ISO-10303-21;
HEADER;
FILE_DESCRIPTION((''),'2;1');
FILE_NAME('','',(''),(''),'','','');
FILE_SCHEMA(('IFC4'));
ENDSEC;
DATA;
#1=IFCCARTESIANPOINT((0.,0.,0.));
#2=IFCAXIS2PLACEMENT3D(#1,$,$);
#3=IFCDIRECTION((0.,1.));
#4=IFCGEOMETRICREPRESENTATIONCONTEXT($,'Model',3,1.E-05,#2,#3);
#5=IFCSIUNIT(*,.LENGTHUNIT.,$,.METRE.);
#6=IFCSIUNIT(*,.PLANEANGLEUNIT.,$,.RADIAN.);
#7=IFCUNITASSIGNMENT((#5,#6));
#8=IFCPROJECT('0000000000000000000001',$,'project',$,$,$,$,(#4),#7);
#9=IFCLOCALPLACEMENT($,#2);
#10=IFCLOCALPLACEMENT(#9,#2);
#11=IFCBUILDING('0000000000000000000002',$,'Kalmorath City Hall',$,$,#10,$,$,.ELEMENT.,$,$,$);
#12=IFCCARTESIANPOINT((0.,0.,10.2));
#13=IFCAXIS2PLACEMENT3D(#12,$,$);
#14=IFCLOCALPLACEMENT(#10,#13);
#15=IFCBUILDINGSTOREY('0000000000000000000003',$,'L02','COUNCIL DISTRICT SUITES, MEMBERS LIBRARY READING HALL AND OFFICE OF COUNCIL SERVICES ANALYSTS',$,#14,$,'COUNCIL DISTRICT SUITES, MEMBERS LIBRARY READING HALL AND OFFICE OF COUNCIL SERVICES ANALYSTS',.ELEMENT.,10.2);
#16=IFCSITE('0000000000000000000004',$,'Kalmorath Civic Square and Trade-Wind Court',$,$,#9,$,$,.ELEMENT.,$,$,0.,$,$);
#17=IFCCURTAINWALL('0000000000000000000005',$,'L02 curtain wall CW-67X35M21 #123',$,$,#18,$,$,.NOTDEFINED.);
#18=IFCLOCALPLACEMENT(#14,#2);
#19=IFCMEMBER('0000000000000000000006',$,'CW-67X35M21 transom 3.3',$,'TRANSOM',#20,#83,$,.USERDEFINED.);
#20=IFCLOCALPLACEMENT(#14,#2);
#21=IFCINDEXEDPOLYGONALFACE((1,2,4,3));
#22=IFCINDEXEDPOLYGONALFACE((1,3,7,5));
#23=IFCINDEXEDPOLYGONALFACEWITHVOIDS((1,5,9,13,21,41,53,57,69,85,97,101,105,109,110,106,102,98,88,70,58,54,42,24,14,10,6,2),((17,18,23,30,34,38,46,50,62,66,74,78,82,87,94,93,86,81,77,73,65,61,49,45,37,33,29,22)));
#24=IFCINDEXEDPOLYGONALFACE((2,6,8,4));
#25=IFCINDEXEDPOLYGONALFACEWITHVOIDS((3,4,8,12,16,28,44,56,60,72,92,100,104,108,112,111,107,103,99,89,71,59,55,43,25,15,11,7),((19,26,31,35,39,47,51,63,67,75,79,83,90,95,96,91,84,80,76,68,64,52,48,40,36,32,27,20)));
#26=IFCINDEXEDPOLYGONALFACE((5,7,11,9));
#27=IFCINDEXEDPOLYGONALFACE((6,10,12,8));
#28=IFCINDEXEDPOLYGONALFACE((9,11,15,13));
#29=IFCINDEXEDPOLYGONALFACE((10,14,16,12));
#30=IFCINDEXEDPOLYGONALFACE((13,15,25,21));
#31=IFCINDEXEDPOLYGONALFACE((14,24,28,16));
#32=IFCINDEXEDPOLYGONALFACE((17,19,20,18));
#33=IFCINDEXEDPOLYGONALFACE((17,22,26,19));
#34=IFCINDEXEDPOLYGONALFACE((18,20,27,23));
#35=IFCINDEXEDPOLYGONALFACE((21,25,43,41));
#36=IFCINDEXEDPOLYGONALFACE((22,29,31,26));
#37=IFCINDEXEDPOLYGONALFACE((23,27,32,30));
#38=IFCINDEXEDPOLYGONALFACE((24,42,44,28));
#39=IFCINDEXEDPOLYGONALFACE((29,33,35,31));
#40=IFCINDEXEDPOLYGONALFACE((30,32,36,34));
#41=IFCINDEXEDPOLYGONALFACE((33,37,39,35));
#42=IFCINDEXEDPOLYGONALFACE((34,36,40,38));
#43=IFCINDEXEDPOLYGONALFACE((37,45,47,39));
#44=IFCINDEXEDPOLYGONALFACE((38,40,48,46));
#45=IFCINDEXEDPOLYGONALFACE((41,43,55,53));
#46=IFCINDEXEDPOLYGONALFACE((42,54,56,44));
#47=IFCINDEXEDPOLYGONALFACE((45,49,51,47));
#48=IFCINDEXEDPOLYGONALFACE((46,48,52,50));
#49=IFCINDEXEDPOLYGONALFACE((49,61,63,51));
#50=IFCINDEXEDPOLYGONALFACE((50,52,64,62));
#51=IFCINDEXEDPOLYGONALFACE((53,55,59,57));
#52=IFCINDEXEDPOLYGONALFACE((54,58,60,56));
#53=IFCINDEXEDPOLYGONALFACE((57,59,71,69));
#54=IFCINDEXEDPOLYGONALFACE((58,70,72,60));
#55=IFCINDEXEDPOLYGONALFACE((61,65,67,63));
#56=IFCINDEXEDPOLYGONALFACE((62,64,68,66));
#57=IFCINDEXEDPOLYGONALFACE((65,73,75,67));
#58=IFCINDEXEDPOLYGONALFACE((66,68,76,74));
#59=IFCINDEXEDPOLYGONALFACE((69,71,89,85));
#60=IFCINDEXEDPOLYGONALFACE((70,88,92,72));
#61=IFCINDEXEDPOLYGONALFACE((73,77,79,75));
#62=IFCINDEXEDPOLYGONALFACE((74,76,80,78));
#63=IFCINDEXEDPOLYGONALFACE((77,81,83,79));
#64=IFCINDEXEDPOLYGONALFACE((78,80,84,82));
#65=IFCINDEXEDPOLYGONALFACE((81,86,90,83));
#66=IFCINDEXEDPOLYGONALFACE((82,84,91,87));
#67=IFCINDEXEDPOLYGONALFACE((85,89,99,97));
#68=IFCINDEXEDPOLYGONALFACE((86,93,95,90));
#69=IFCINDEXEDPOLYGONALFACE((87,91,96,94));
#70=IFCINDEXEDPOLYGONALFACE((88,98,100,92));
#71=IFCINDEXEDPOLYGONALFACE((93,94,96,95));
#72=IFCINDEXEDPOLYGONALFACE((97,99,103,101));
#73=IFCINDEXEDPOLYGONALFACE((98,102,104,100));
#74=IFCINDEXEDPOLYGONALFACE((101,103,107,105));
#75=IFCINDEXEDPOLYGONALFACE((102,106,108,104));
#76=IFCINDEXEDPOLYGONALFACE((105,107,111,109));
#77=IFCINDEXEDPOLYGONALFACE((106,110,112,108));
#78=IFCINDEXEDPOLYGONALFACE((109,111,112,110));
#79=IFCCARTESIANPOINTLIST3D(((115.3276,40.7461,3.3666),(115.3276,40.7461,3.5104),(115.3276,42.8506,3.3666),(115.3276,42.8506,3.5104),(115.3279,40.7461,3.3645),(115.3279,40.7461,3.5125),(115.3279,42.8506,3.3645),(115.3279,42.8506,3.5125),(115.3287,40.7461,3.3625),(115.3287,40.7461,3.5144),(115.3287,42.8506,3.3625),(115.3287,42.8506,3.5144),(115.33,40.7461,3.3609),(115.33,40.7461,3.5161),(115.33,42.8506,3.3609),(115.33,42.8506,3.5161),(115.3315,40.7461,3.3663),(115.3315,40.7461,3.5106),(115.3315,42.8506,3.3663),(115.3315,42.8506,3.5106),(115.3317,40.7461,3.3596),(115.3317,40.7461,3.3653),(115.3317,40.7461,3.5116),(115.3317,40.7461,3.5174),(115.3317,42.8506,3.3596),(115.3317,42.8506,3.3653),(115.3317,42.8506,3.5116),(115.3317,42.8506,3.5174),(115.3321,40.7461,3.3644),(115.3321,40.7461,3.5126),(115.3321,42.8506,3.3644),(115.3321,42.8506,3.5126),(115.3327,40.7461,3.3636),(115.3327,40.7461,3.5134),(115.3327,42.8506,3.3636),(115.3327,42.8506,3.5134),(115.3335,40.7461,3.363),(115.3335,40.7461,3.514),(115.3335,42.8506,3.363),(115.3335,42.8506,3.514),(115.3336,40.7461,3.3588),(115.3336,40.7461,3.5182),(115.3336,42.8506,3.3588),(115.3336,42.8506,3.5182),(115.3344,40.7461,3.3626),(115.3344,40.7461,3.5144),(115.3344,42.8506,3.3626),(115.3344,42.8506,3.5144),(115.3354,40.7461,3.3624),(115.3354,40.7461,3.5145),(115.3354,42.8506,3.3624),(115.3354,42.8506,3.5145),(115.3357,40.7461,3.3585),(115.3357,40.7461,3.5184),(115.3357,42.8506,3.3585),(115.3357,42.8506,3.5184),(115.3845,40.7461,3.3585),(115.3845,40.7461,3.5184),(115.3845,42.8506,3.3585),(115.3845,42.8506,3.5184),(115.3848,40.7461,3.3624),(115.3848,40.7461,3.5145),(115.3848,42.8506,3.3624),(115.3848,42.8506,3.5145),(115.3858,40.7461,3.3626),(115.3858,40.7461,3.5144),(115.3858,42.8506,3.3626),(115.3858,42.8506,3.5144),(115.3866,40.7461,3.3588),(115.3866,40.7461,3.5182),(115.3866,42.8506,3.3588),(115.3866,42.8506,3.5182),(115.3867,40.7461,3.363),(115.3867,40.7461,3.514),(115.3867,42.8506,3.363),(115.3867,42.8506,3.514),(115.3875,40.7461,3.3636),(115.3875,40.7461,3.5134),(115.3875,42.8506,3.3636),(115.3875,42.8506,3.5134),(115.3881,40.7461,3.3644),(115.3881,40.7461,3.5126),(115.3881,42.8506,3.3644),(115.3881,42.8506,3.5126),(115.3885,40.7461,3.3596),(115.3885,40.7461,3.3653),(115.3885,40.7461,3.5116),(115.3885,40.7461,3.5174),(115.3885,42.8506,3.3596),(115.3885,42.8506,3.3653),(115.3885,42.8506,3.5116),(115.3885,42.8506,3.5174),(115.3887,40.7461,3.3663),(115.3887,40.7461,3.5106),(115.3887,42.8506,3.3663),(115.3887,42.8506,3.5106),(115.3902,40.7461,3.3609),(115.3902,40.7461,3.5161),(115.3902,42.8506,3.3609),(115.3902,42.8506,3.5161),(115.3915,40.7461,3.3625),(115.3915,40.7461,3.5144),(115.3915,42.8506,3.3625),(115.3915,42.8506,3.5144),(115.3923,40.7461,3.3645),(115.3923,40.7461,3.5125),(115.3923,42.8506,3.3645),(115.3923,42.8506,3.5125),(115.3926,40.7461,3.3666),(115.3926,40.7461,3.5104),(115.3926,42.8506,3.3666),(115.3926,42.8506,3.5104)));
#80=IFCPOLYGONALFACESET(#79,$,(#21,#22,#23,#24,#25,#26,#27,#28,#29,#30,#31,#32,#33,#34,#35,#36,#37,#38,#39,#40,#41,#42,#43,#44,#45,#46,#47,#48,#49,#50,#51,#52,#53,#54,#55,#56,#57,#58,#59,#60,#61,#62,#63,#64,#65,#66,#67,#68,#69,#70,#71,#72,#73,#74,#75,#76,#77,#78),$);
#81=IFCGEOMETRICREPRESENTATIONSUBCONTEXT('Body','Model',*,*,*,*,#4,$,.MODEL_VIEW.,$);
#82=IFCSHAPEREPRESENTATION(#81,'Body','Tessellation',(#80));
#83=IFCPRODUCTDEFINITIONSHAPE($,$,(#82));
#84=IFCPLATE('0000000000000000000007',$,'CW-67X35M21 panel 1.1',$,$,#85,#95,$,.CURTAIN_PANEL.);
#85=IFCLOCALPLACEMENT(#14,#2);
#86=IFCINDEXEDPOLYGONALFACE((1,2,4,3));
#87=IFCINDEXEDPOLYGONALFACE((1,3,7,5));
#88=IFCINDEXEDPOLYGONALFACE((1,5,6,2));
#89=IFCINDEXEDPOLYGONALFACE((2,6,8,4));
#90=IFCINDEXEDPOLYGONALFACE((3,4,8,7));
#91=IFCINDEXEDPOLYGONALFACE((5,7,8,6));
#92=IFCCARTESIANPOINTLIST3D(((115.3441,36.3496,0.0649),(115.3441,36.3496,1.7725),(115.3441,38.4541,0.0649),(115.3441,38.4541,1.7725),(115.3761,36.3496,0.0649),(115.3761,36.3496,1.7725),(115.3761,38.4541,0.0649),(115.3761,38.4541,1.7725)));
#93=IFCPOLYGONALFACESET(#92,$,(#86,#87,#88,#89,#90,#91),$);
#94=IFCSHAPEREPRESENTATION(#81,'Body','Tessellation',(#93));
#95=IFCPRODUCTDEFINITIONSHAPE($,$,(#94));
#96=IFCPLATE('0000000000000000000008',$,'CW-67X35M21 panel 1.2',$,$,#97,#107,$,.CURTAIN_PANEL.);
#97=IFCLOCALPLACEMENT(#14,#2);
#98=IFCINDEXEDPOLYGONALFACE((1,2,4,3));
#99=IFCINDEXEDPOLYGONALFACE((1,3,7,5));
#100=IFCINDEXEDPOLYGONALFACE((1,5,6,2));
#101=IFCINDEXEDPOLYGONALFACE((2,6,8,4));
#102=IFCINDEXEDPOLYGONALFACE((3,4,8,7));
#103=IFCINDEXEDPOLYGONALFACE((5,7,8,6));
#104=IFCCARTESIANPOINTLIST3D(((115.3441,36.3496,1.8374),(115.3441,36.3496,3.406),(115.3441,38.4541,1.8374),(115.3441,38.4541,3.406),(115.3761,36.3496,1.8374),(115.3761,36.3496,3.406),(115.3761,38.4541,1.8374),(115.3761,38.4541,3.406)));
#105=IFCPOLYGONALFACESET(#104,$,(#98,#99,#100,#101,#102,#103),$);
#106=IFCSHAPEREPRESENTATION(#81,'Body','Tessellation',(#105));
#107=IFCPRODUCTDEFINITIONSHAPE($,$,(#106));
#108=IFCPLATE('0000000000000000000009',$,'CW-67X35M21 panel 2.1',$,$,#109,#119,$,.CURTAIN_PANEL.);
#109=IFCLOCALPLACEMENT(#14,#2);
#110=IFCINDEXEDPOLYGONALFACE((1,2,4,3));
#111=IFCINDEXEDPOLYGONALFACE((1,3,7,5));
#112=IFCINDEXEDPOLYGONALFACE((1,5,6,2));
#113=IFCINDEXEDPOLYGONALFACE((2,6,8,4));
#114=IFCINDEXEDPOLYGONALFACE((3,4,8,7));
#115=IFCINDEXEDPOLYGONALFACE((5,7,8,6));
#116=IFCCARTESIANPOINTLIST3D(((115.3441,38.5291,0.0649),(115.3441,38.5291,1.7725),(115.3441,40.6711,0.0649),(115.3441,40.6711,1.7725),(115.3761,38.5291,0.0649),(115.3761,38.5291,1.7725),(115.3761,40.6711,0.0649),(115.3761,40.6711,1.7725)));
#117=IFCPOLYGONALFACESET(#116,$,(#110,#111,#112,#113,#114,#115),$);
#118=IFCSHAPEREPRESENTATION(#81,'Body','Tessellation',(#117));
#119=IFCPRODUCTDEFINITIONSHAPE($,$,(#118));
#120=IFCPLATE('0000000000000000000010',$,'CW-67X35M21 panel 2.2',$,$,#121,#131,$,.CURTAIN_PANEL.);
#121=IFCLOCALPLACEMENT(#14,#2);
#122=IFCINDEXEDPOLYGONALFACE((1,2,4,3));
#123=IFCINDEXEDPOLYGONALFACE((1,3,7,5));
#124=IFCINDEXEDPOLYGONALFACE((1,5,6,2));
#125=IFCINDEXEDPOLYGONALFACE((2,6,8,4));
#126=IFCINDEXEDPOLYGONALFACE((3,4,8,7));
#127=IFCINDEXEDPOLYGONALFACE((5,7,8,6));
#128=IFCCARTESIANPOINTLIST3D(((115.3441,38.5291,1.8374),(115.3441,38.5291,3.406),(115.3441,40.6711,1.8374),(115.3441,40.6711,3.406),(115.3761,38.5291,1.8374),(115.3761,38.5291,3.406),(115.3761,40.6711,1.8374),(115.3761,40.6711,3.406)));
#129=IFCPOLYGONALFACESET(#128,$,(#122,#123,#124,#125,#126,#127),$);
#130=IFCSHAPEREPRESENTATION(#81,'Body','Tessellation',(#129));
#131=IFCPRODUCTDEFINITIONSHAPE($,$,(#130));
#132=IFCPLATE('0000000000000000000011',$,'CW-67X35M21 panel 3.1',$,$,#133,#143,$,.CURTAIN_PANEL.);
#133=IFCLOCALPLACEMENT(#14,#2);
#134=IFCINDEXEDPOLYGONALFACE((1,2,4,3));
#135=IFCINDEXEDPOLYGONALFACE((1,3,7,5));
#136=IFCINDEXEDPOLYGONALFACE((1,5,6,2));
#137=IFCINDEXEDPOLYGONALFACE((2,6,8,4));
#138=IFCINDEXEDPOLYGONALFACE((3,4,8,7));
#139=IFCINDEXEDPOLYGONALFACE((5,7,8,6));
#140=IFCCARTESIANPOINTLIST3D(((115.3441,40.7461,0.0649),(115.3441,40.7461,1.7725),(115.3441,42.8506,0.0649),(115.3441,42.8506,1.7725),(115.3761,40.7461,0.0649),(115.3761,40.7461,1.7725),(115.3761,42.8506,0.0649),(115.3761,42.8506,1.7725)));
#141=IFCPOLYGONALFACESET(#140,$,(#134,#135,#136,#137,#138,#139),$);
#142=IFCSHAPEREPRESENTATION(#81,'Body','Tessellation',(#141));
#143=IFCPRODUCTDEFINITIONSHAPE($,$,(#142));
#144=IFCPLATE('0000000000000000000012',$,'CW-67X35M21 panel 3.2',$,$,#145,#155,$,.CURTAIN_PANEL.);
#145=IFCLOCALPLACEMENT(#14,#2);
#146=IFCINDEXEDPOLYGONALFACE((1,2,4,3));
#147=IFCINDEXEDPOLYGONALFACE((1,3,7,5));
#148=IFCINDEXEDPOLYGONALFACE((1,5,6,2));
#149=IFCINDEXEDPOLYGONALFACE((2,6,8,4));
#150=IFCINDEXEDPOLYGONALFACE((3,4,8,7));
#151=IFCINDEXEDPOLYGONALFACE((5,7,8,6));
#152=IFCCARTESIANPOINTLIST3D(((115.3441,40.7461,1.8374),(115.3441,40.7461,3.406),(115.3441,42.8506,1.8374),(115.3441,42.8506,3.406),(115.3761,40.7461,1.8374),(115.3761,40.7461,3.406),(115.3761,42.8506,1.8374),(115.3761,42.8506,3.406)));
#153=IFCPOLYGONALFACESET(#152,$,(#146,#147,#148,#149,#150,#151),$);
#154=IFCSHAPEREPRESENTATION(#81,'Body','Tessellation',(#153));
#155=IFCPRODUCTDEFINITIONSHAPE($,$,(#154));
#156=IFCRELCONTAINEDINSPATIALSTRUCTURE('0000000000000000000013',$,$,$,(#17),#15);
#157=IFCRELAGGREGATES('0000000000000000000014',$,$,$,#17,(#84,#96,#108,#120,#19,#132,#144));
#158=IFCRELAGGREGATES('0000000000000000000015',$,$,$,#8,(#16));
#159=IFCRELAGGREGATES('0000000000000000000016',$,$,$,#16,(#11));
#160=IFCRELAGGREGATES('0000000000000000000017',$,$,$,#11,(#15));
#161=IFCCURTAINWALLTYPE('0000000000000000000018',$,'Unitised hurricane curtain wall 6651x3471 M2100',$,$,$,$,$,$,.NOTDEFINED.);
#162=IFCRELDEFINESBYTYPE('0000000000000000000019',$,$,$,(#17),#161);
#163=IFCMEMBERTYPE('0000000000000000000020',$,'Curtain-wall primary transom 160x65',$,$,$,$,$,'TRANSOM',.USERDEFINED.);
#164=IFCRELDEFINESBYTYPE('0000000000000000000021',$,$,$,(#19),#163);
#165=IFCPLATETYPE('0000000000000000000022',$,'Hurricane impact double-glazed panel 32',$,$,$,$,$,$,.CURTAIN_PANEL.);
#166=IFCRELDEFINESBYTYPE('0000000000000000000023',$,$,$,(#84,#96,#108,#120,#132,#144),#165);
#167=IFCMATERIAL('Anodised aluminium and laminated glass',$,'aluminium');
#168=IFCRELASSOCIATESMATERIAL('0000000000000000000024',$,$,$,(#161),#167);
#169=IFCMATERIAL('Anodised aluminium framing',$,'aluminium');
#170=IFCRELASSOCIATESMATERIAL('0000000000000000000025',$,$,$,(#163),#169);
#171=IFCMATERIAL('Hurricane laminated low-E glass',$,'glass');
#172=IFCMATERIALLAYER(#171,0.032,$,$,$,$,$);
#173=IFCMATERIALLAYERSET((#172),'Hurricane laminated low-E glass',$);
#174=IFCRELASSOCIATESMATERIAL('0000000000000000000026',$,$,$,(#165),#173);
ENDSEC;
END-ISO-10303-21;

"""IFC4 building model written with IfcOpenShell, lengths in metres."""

from ifc_helpers import new_model, si_unit, direction, frame, origin, origin_2d, place, context, subcontext, project, spatial, rectangle, hollow_rectangle, extrude, material, layer, layer_set, material_profile, profile_set, type_object, element, aggregate, save


model = new_model("IFC4")

# Units and contexts
model_context = context("Model", 3, precision=1e-05, world=origin(), true_north=direction((0.0, 1.0)))
body_context = subcontext(model_context, "Body", "Model", "MODEL_VIEW")
ifc_project = project(units=[si_unit("LENGTHUNIT", "METRE"), si_unit("PLANEANGLEUNIT", "RADIAN")], contexts=[model_context])

# Site, building, storey
site_placement = place(None, origin())
site = spatial("IfcSite", under=ifc_project, at=site_placement, Name="Kalmorath Civic Square and Trade-Wind Court", CompositionType="ELEMENT", RefElevation=0.0)
building_placement = place(site_placement, origin())
building = spatial("IfcBuilding", under=site, at=building_placement, Name="Kalmorath City Hall", CompositionType="ELEMENT")
storey_placement = place(building_placement, frame((0.0, 0.0, 10.2)))
storey = spatial("IfcBuildingStorey", under=building, at=storey_placement, Name="L02", Description="COUNCIL DISTRICT SUITES, MEMBERS LIBRARY READING HALL AND OFFICE OF COUNCIL SERVICES ANALYSTS", LongName="COUNCIL DISTRICT SUITES, MEMBERS LIBRARY READING HALL AND OFFICE OF COUNCIL SERVICES ANALYSTS", CompositionType="ELEMENT", Elevation=10.2)

# Curtain wall, member, plates
ifc_material_1 = material(Name="Anodised aluminium and laminated glass", Category="aluminium")
curtain_wall_type_1 = type_object("IfcCurtainWallType", Name="Unitised hurricane curtain wall 6651x3471 M2100", PredefinedType="NOTDEFINED", material=ifc_material_1)
curtain_wall_1_placement = place(storey_placement, origin())
curtain_wall_1 = element("IfcCurtainWall", 1, at=curtain_wall_1_placement, inside=storey, type_object=curtain_wall_type_1, Name="L02 curtain wall CW-67X35M21 #123", PredefinedType="NOTDEFINED")
ifc_material_2 = material(Name="Anodised aluminium framing", Category="aluminium")
ifc_material_profile_1 = material_profile(ifc_material_2, hollow_rectangle(XDim=0.0649, YDim=0.1599, WallThickness=0.0039, InnerFilletRadius=0.0039, OuterFilletRadius=0.0081, at=origin_2d()), Name="ALU-TRN-160X65X4")
ifc_profile_set_1 = profile_set([ifc_material_profile_1], Name="Anodised aluminium framing")
member_type_1 = type_object("IfcMemberType", Name="Curtain-wall primary transom 160x65", ElementType="TRANSOM", PredefinedType="USERDEFINED", material=ifc_profile_set_1)
member_1_placement = place(storey_placement, frame((115.3601, 40.7461, 3.4385), z_axis=(0.0, 1.0, 0.0), x_axis=(-1.0, 0.0, 0.0)))
member_1 = element("IfcMember", 2, at=member_1_placement, type_object=member_type_1, Name="CW-67X35M21 transom 3.3", ObjectType="TRANSOM", PredefinedType="USERDEFINED", context=body_context, shape_type="SweptSolid", body=[
    extrude(hollow_rectangle(XDim=0.0649, YDim=0.1599, WallThickness=0.0039, InnerFilletRadius=0.0039, OuterFilletRadius=0.0081, at=origin_2d()), origin(), (0.0, 0.0, 1.0), 2.1045),
])
ifc_material_3 = material(Name="Hurricane laminated low-E glass", Category="glass")
ifc_layer = layer(ifc_material_3, 0.032)
ifc_layer_set = layer_set([ifc_layer], Name="Hurricane laminated low-E glass")
plate_type = type_object("IfcPlateType", Name="Hurricane impact double-glazed panel 32", PredefinedType="CURTAIN_PANEL", material=ifc_layer_set)
plate_1_placement = place(storey_placement, frame((115.3601, 37.4019, 0.0649), z_axis=(0.0, 0.0, 1.0), x_axis=(0.0, 1.0, 0.0)))
plate_1 = element("IfcPlate", 3, at=plate_1_placement, type_object=plate_type, Name="CW-67X35M21 panel 1.1", PredefinedType="CURTAIN_PANEL", context=body_context, shape_type="SweptSolid", body=[
    extrude(rectangle(XDim=2.1045, YDim=0.032, at=origin_2d()), origin(), (0.0, 0.0, 1.0), 1.7075),
])
plate_2_placement = place(storey_placement, frame((115.3601, 37.4019, 1.8374), z_axis=(0.0, 0.0, 1.0), x_axis=(0.0, 1.0, 0.0)))
plate_2 = element("IfcPlate", 4, at=plate_2_placement, type_object=plate_type, Name="CW-67X35M21 panel 1.2", PredefinedType="CURTAIN_PANEL", context=body_context, shape_type="SweptSolid", body=[
    extrude(rectangle(XDim=2.1045, YDim=0.032, at=origin_2d()), origin(), (0.0, 0.0, 1.0), 1.5686),
])
plate_3_placement = place(storey_placement, frame((115.3601, 39.6001, 0.0649), z_axis=(0.0, 0.0, 1.0), x_axis=(0.0, 1.0, 0.0)))
plate_3 = element("IfcPlate", 5, at=plate_3_placement, type_object=plate_type, Name="CW-67X35M21 panel 2.1", PredefinedType="CURTAIN_PANEL", context=body_context, shape_type="SweptSolid", body=[
    extrude(rectangle(XDim=2.1421, YDim=0.032, at=origin_2d()), origin(), (0.0, 0.0, 1.0), 1.7075),
])
plate_4_placement = place(storey_placement, frame((115.3601, 39.6001, 1.8374), z_axis=(0.0, 0.0, 1.0), x_axis=(0.0, 1.0, 0.0)))
plate_4 = element("IfcPlate", 6, at=plate_4_placement, type_object=plate_type, Name="CW-67X35M21 panel 2.2", PredefinedType="CURTAIN_PANEL", context=body_context, shape_type="SweptSolid", body=[
    extrude(rectangle(XDim=2.1421, YDim=0.032, at=origin_2d()), origin(), (0.0, 0.0, 1.0), 1.5686),
])
plate_5_placement = place(storey_placement, frame((115.3601, 41.7983, 0.0649), z_axis=(0.0, 0.0, 1.0), x_axis=(0.0, 1.0, 0.0)))
plate_5 = element("IfcPlate", 7, at=plate_5_placement, type_object=plate_type, Name="CW-67X35M21 panel 3.1", PredefinedType="CURTAIN_PANEL", context=body_context, shape_type="SweptSolid", body=[
    extrude(rectangle(XDim=2.1045, YDim=0.032, at=origin_2d()), origin(), (0.0, 0.0, 1.0), 1.7075),
])
plate_6_placement = place(storey_placement, frame((115.3601, 41.7983, 1.8374), z_axis=(0.0, 0.0, 1.0), x_axis=(0.0, 1.0, 0.0)))
plate_6 = element("IfcPlate", 8, at=plate_6_placement, type_object=plate_type, Name="CW-67X35M21 panel 3.2", PredefinedType="CURTAIN_PANEL", context=body_context, shape_type="SweptSolid", body=[
    extrude(rectangle(XDim=2.1045, YDim=0.032, at=origin_2d()), origin(), (0.0, 0.0, 1.0), 1.5686),
])
aggregate(curtain_wall_1, [plate_1, plate_2, plate_3, plate_4, member_1, plate_5, plate_6])

save(model, "model.ifc")
